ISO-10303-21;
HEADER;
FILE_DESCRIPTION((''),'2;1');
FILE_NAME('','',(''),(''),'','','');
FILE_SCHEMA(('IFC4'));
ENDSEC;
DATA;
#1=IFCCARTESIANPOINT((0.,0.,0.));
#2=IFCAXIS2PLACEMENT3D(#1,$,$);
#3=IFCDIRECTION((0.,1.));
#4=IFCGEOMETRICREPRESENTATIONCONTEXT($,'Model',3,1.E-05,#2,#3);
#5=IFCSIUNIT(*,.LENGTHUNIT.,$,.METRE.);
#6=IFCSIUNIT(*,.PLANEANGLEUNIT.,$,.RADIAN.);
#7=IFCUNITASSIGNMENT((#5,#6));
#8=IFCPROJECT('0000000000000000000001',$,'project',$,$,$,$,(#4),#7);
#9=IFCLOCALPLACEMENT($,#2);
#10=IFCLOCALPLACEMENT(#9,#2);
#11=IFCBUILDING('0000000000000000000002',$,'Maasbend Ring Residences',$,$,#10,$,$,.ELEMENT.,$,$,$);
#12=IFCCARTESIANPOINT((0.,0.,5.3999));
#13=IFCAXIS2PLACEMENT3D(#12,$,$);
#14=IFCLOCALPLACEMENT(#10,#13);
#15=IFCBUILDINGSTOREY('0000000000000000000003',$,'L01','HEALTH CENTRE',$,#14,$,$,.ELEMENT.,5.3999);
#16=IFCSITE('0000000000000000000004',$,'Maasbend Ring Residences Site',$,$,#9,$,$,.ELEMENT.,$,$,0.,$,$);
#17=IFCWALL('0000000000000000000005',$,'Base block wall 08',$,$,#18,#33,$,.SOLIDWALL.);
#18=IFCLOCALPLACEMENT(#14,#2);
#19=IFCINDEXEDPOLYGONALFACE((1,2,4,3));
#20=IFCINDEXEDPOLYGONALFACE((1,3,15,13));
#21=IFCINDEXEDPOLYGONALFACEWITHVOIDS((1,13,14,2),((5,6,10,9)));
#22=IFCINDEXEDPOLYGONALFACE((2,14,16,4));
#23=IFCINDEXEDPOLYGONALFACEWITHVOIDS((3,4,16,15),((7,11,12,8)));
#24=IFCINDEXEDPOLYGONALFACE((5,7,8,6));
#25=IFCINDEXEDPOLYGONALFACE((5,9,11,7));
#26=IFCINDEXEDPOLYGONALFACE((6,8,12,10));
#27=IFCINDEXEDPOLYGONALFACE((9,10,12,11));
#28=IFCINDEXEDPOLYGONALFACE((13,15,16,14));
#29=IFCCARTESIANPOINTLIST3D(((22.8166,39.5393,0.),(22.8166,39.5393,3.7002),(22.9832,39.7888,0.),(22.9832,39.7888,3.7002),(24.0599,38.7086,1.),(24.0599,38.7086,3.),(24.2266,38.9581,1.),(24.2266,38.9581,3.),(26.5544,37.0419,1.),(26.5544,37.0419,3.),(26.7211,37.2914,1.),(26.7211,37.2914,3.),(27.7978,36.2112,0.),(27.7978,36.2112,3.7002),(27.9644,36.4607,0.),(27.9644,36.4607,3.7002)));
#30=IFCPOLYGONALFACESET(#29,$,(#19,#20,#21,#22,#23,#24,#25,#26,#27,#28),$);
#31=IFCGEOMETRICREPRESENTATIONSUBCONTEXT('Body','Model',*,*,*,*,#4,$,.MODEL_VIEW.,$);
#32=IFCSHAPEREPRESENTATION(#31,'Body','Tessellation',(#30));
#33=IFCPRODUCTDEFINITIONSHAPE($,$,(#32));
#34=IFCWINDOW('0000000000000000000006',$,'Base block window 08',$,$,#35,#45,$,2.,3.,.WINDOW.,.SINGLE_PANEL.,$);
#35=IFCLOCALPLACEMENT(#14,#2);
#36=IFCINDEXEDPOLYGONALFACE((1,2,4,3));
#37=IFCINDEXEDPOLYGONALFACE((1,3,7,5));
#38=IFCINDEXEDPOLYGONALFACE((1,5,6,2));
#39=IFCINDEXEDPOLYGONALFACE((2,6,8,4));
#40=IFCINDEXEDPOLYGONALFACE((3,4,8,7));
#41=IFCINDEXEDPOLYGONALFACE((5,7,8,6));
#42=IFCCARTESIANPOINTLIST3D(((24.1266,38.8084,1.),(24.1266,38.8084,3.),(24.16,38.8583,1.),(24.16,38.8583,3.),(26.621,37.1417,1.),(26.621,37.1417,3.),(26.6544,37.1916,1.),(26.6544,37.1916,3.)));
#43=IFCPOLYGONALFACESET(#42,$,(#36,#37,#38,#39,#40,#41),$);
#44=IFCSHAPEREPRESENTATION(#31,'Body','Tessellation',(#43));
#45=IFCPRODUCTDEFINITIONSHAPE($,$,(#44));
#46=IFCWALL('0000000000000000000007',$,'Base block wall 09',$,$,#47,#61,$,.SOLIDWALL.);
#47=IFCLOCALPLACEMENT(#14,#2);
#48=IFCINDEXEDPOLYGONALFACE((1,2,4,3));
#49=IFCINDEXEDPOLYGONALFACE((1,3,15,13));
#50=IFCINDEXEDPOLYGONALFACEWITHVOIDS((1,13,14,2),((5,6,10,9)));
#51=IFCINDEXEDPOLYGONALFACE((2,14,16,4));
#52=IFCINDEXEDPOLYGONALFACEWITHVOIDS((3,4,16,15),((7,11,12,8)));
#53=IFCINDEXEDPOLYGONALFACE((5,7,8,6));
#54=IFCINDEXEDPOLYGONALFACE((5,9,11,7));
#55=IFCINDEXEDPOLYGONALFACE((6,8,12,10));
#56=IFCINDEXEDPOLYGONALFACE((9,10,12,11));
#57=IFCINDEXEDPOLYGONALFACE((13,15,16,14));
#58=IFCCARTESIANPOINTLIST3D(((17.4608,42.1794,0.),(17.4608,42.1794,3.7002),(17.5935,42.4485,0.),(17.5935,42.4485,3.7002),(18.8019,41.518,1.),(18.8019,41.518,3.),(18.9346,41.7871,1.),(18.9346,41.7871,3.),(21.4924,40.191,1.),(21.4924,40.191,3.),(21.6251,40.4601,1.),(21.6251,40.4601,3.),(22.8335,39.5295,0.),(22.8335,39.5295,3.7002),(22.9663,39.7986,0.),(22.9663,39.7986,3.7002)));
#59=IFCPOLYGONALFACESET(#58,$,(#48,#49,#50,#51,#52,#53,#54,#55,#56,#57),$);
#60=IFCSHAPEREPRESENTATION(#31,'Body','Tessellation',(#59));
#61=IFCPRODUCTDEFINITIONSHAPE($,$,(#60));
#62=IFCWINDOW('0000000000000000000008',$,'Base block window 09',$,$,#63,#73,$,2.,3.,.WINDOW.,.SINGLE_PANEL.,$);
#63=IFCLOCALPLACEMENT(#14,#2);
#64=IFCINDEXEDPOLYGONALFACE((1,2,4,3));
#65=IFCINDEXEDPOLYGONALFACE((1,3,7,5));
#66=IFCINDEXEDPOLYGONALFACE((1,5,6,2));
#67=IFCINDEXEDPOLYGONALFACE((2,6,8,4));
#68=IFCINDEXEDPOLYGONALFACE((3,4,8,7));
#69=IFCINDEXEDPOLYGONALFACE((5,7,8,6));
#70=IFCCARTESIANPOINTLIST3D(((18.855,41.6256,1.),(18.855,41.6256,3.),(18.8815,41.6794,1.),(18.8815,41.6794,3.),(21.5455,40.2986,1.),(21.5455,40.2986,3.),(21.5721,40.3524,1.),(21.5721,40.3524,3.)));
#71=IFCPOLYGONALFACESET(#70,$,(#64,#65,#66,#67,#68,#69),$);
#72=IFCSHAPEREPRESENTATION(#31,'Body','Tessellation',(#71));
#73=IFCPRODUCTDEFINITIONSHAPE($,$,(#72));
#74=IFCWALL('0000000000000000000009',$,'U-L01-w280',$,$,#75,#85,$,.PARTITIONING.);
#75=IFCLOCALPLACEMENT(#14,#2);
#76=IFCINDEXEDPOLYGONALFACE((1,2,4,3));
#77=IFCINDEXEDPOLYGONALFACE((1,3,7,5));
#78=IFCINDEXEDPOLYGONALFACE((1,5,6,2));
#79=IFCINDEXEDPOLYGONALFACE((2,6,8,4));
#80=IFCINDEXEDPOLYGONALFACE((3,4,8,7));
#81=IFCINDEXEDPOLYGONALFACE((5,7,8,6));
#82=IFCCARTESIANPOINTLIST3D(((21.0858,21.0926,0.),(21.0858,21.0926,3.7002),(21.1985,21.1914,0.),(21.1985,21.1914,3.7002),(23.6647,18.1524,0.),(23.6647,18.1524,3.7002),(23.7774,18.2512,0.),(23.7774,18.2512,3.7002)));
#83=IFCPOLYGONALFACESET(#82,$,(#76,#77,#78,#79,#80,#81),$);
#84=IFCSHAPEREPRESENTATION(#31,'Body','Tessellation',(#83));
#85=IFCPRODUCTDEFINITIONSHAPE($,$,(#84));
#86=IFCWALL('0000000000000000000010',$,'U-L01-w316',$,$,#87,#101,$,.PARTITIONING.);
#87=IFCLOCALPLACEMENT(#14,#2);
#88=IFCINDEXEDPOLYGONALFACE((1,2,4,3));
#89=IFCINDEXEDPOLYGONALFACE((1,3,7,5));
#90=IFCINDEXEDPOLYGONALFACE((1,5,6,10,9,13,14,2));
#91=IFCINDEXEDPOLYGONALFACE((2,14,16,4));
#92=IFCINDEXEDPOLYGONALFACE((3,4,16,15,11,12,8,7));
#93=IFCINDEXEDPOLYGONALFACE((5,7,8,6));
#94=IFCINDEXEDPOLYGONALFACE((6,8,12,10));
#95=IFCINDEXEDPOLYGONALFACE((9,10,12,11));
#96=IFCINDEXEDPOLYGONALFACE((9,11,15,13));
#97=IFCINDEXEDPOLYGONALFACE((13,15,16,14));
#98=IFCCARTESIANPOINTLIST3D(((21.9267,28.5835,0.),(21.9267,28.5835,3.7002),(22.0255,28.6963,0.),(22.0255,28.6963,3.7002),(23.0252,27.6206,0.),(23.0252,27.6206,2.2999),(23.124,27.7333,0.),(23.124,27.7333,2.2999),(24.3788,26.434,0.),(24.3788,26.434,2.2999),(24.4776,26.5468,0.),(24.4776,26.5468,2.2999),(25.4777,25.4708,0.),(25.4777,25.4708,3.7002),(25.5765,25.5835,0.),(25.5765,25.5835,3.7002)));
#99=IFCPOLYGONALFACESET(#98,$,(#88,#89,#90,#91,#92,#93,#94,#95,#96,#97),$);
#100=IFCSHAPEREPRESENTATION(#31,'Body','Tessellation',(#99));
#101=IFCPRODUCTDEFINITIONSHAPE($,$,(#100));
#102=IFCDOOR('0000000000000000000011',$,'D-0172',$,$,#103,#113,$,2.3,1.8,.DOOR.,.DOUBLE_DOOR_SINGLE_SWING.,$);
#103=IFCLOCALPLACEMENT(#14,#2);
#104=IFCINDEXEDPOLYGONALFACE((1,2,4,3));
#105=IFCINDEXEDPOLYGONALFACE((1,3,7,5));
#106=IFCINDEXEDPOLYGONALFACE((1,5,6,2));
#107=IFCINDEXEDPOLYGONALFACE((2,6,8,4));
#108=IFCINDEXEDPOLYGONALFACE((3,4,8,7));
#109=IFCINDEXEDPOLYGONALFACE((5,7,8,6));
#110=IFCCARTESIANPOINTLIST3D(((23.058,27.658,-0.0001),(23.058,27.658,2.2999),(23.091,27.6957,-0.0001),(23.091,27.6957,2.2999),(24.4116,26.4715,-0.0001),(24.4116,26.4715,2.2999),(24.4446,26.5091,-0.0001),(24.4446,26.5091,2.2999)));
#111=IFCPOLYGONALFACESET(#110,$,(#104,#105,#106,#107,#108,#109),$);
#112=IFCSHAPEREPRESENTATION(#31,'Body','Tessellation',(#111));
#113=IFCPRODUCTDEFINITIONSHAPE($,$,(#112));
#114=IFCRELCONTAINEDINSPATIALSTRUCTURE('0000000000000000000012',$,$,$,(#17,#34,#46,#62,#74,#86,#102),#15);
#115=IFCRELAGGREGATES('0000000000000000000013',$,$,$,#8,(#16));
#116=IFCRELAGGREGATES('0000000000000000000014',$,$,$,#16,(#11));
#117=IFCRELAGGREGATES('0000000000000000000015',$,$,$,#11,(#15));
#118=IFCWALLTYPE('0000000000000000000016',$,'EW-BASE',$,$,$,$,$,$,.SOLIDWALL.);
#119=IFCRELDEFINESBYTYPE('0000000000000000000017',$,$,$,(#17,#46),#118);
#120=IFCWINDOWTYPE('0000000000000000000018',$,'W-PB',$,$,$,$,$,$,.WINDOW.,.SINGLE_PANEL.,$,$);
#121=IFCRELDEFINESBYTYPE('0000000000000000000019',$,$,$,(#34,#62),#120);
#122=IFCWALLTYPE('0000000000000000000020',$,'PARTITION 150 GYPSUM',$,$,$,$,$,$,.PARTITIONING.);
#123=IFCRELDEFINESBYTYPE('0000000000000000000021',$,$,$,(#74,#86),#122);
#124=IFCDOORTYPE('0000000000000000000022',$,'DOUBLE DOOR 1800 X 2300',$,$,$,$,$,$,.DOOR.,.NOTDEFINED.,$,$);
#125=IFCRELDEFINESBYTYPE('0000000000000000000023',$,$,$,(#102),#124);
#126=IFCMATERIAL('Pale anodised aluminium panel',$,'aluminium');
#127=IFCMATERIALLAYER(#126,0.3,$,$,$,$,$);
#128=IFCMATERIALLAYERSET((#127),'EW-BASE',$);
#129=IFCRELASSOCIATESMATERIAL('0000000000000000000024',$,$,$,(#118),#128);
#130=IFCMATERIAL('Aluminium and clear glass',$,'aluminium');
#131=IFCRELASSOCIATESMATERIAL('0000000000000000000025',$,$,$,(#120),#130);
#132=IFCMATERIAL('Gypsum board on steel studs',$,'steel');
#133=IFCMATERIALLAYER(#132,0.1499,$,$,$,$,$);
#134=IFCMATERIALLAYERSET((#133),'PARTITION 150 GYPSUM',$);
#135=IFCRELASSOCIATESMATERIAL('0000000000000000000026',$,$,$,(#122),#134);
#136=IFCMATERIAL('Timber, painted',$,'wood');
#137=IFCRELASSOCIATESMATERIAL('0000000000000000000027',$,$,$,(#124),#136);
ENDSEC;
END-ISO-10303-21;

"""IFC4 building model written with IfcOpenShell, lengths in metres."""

from ifc_helpers import new_model, si_unit, direction, frame, frame_2d, origin, place, context, subcontext, project, spatial, rectangle, extrude, material, layer, layer_set, type_object, element, fill, save


model = new_model("IFC4")

# Units and contexts
model_context = context("Model", 3, precision=1e-05, world=origin(), true_north=direction((0.0, 1.0)))
body_context = subcontext(model_context, "Body", "Model", "MODEL_VIEW")
ifc_project = project(units=[si_unit("LENGTHUNIT", "METRE"), si_unit("PLANEANGLEUNIT", "RADIAN")], contexts=[model_context])

# Site, building, storey
site_placement = place(None, origin())
site = spatial("IfcSite", under=ifc_project, at=site_placement, Name="Maasbend Ring Residences Site", CompositionType="ELEMENT", RefElevation=0.0)
building_placement = place(site_placement, origin())
building = spatial("IfcBuilding", under=site, at=building_placement, Name="Maasbend Ring Residences", CompositionType="ELEMENT")
storey_placement = place(building_placement, frame((0.0, 0.0, 5.3999)))
storey = spatial("IfcBuildingStorey", under=building, at=storey_placement, Name="L01", Description="HEALTH CENTRE", CompositionType="ELEMENT", Elevation=5.3999)

# Shared definitions
ifc_material_1 = material(Name="Pale anodised aluminium panel", Category="aluminium")
ifc_layer_1 = layer(ifc_material_1, 0.3)
ifc_layer_set_1 = layer_set([ifc_layer_1], Name="EW-BASE")
wall_type_1 = type_object("IfcWallType", Name="EW-BASE", PredefinedType="SOLIDWALL", material=ifc_layer_set_1)

# Walls, openings, windows
ifc_material_2 = material(Name="Aluminium and clear glass", Category="aluminium")
window_type = type_object("IfcWindowType", Name="W-PB", PartitioningType="SINGLE_PANEL", PredefinedType="WINDOW", material=ifc_material_2)
wall_1_placement = place(storey_placement, frame((27.8811, 36.3359, 0.0), z_axis=(0.0, 0.0, 1.0), x_axis=(-0.831486, 0.555546, 0.0)))
wall_1 = element("IfcWall", 1, at=wall_1_placement, inside=storey, type_object=wall_type_1, Name="Base block wall 08", PredefinedType="SOLIDWALL", context=body_context, shape_type="SweptSolid", body=[
    extrude(rectangle(XDim=5.9907, YDim=0.3, at=frame_2d((2.9954, 0.0))), origin(), (0.0, 0.0, 1.0), 3.7002),
])
opening_1_placement = place(wall_1_placement, frame((1.4954, 0.0, 1.0)))
opening_1 = element("IfcOpeningElement", 2, at=opening_1_placement, cuts=wall_1, PredefinedType="OPENING", context=body_context, shape_type="SweptSolid", body=[
    extrude(rectangle(XDim=3.0, YDim=2.0, at=frame_2d((1.5, 1.0))), frame((0.0, 0.1602, 0.0), z_axis=(0.0, -1.0, 0.0), x_axis=(1.0, 0.0, 0.0)), (0.0, 0.0, 1.0), 0.3201),
])
window_1_placement = place(opening_1_placement, origin())
window_1 = element("IfcWindow", 3, at=window_1_placement, inside=storey, type_object=window_type, Name="Base block window 08", OverallHeight=2.0, OverallWidth=3.0, PartitioningType="SINGLE_PANEL", PredefinedType="WINDOW", context=body_context, shape_type="SweptSolid", body=[
    extrude(rectangle(XDim=3.0, YDim=2.0, at=frame_2d((1.5, 1.0))), frame((0.0, 0.03, 0.0), z_axis=(0.0, -1.0, 0.0), x_axis=(1.0, 0.0, 0.0)), (0.0, 0.0, 1.0), 0.0601),
])
fill(opening_1, window_1)
wall_2_placement = place(storey_placement, frame((22.8999, 39.6641, 0.0), z_axis=(0.0, 0.0, 1.0), x_axis=(-0.896851, 0.442333, 0.0)))
wall_2 = element("IfcWall", 4, at=wall_2_placement, inside=storey, type_object=wall_type_1, Name="Base block wall 09", PredefinedType="SOLIDWALL", context=body_context, shape_type="SweptSolid", body=[
    extrude(rectangle(XDim=5.9907, YDim=0.3, at=frame_2d((2.9954, 0.0))), origin(), (0.0, 0.0, 1.0), 3.7002),
])
opening_2_placement = place(wall_2_placement, frame((1.4954, 0.0, 1.0)))
opening_2 = element("IfcOpeningElement", 5, at=opening_2_placement, cuts=wall_2, PredefinedType="OPENING", context=body_context, shape_type="SweptSolid", body=[
    extrude(rectangle(XDim=3.0, YDim=2.0, at=frame_2d((1.5, 1.0))), frame((0.0, 0.1602, 0.0), z_axis=(0.0, -1.0, 0.0), x_axis=(1.0, 0.0, 0.0)), (0.0, 0.0, 1.0), 0.3201),
])
window_2_placement = place(opening_2_placement, origin())
window_2 = element("IfcWindow", 6, at=window_2_placement, inside=storey, type_object=window_type, Name="Base block window 09", OverallHeight=2.0, OverallWidth=3.0, PartitioningType="SINGLE_PANEL", PredefinedType="WINDOW", context=body_context, shape_type="SweptSolid", body=[
    extrude(rectangle(XDim=3.0, YDim=2.0, at=frame_2d((1.5, 1.0))), frame((0.0, 0.03, 0.0), z_axis=(0.0, -1.0, 0.0), x_axis=(1.0, 0.0, 0.0)), (0.0, 0.0, 1.0), 0.0601),
])
fill(opening_2, window_2)

# Wall
ifc_material_3 = material(Name="Gypsum board on steel studs", Category="steel")
ifc_layer_2 = layer(ifc_material_3, 0.1499)
ifc_layer_set_2 = layer_set([ifc_layer_2], Name="PARTITION 150 GYPSUM")
wall_type_2 = type_object("IfcWallType", Name="PARTITION 150 GYPSUM", PredefinedType="PARTITIONING", material=ifc_layer_set_2)
wall_3_placement = place(storey_placement, frame((21.1421, 21.1421, 0.0), z_axis=(0.0, 0.0, 1.0), x_axis=(0.659401, -0.751791, 0.0)))
element("IfcWall", 7, at=wall_3_placement, inside=storey, type_object=wall_type_2, Name="U-L01-w280", PredefinedType="PARTITIONING", context=body_context, shape_type="SweptSolid", body=[
    extrude(rectangle(XDim=3.9109, YDim=0.1499, at=frame_2d((1.9556, 0.0))), origin(), (0.0, 0.0, 1.0), 3.7002),
])

# Wall, opening, door
wall_4_placement = place(storey_placement, frame((21.9761, 28.6399, 0.0), z_axis=(0.0, 0.0, 1.0), x_axis=(0.751984, -0.659181, 0.0)))
wall_4 = element("IfcWall", 8, at=wall_4_placement, inside=storey, type_object=wall_type_2, Name="U-L01-w316", PredefinedType="PARTITIONING", context=body_context, shape_type="SweptSolid", body=[
    extrude(rectangle(XDim=4.7222, YDim=0.1499, at=frame_2d((2.3611, 0.0))), origin(), (0.0, 0.0, 1.0), 3.7002),
])
opening_3_placement = place(wall_4_placement, frame((1.4609, 0.0, 0.0)))
opening_3 = element("IfcOpeningElement", 9, at=opening_3_placement, cuts=wall_4, PredefinedType="OPENING", context=body_context, shape_type="SweptSolid", body=[
    extrude(rectangle(XDim=1.8, YDim=2.3, at=frame_2d((0.8999, 1.1499))), frame((0.0, 0.085, 0.0), z_axis=(0.0, -1.0, 0.0), x_axis=(1.0, 0.0, 0.0)), (0.0, 0.0, 1.0), 0.1699),
])
ifc_material_4 = material(Name="Timber, painted", Category="wood")
door_type_1 = type_object("IfcDoorType", Name="DOUBLE DOOR 1800 X 2300", OperationType="NOTDEFINED", PredefinedType="DOOR", material=ifc_material_4)
door_1_placement = place(opening_3_placement, origin())
door_1 = element("IfcDoor", 10, at=door_1_placement, inside=storey, type_object=door_type_1, Name="D-0172", OperationType="DOUBLE_DOOR_SINGLE_SWING", OverallHeight=2.3, OverallWidth=1.8, PredefinedType="DOOR", context=body_context, shape_type="SweptSolid", body=[
    extrude(rectangle(XDim=1.8, YDim=2.3, at=frame_2d((0.8999, 1.1499))), frame((0.0, 0.0249, 0.0), z_axis=(0.0, -1.0, 0.0), x_axis=(1.0, 0.0, 0.0)), (0.0, 0.0, 1.0), 0.05),
])
fill(opening_3, door_1)

save(model, "model.ifc")
